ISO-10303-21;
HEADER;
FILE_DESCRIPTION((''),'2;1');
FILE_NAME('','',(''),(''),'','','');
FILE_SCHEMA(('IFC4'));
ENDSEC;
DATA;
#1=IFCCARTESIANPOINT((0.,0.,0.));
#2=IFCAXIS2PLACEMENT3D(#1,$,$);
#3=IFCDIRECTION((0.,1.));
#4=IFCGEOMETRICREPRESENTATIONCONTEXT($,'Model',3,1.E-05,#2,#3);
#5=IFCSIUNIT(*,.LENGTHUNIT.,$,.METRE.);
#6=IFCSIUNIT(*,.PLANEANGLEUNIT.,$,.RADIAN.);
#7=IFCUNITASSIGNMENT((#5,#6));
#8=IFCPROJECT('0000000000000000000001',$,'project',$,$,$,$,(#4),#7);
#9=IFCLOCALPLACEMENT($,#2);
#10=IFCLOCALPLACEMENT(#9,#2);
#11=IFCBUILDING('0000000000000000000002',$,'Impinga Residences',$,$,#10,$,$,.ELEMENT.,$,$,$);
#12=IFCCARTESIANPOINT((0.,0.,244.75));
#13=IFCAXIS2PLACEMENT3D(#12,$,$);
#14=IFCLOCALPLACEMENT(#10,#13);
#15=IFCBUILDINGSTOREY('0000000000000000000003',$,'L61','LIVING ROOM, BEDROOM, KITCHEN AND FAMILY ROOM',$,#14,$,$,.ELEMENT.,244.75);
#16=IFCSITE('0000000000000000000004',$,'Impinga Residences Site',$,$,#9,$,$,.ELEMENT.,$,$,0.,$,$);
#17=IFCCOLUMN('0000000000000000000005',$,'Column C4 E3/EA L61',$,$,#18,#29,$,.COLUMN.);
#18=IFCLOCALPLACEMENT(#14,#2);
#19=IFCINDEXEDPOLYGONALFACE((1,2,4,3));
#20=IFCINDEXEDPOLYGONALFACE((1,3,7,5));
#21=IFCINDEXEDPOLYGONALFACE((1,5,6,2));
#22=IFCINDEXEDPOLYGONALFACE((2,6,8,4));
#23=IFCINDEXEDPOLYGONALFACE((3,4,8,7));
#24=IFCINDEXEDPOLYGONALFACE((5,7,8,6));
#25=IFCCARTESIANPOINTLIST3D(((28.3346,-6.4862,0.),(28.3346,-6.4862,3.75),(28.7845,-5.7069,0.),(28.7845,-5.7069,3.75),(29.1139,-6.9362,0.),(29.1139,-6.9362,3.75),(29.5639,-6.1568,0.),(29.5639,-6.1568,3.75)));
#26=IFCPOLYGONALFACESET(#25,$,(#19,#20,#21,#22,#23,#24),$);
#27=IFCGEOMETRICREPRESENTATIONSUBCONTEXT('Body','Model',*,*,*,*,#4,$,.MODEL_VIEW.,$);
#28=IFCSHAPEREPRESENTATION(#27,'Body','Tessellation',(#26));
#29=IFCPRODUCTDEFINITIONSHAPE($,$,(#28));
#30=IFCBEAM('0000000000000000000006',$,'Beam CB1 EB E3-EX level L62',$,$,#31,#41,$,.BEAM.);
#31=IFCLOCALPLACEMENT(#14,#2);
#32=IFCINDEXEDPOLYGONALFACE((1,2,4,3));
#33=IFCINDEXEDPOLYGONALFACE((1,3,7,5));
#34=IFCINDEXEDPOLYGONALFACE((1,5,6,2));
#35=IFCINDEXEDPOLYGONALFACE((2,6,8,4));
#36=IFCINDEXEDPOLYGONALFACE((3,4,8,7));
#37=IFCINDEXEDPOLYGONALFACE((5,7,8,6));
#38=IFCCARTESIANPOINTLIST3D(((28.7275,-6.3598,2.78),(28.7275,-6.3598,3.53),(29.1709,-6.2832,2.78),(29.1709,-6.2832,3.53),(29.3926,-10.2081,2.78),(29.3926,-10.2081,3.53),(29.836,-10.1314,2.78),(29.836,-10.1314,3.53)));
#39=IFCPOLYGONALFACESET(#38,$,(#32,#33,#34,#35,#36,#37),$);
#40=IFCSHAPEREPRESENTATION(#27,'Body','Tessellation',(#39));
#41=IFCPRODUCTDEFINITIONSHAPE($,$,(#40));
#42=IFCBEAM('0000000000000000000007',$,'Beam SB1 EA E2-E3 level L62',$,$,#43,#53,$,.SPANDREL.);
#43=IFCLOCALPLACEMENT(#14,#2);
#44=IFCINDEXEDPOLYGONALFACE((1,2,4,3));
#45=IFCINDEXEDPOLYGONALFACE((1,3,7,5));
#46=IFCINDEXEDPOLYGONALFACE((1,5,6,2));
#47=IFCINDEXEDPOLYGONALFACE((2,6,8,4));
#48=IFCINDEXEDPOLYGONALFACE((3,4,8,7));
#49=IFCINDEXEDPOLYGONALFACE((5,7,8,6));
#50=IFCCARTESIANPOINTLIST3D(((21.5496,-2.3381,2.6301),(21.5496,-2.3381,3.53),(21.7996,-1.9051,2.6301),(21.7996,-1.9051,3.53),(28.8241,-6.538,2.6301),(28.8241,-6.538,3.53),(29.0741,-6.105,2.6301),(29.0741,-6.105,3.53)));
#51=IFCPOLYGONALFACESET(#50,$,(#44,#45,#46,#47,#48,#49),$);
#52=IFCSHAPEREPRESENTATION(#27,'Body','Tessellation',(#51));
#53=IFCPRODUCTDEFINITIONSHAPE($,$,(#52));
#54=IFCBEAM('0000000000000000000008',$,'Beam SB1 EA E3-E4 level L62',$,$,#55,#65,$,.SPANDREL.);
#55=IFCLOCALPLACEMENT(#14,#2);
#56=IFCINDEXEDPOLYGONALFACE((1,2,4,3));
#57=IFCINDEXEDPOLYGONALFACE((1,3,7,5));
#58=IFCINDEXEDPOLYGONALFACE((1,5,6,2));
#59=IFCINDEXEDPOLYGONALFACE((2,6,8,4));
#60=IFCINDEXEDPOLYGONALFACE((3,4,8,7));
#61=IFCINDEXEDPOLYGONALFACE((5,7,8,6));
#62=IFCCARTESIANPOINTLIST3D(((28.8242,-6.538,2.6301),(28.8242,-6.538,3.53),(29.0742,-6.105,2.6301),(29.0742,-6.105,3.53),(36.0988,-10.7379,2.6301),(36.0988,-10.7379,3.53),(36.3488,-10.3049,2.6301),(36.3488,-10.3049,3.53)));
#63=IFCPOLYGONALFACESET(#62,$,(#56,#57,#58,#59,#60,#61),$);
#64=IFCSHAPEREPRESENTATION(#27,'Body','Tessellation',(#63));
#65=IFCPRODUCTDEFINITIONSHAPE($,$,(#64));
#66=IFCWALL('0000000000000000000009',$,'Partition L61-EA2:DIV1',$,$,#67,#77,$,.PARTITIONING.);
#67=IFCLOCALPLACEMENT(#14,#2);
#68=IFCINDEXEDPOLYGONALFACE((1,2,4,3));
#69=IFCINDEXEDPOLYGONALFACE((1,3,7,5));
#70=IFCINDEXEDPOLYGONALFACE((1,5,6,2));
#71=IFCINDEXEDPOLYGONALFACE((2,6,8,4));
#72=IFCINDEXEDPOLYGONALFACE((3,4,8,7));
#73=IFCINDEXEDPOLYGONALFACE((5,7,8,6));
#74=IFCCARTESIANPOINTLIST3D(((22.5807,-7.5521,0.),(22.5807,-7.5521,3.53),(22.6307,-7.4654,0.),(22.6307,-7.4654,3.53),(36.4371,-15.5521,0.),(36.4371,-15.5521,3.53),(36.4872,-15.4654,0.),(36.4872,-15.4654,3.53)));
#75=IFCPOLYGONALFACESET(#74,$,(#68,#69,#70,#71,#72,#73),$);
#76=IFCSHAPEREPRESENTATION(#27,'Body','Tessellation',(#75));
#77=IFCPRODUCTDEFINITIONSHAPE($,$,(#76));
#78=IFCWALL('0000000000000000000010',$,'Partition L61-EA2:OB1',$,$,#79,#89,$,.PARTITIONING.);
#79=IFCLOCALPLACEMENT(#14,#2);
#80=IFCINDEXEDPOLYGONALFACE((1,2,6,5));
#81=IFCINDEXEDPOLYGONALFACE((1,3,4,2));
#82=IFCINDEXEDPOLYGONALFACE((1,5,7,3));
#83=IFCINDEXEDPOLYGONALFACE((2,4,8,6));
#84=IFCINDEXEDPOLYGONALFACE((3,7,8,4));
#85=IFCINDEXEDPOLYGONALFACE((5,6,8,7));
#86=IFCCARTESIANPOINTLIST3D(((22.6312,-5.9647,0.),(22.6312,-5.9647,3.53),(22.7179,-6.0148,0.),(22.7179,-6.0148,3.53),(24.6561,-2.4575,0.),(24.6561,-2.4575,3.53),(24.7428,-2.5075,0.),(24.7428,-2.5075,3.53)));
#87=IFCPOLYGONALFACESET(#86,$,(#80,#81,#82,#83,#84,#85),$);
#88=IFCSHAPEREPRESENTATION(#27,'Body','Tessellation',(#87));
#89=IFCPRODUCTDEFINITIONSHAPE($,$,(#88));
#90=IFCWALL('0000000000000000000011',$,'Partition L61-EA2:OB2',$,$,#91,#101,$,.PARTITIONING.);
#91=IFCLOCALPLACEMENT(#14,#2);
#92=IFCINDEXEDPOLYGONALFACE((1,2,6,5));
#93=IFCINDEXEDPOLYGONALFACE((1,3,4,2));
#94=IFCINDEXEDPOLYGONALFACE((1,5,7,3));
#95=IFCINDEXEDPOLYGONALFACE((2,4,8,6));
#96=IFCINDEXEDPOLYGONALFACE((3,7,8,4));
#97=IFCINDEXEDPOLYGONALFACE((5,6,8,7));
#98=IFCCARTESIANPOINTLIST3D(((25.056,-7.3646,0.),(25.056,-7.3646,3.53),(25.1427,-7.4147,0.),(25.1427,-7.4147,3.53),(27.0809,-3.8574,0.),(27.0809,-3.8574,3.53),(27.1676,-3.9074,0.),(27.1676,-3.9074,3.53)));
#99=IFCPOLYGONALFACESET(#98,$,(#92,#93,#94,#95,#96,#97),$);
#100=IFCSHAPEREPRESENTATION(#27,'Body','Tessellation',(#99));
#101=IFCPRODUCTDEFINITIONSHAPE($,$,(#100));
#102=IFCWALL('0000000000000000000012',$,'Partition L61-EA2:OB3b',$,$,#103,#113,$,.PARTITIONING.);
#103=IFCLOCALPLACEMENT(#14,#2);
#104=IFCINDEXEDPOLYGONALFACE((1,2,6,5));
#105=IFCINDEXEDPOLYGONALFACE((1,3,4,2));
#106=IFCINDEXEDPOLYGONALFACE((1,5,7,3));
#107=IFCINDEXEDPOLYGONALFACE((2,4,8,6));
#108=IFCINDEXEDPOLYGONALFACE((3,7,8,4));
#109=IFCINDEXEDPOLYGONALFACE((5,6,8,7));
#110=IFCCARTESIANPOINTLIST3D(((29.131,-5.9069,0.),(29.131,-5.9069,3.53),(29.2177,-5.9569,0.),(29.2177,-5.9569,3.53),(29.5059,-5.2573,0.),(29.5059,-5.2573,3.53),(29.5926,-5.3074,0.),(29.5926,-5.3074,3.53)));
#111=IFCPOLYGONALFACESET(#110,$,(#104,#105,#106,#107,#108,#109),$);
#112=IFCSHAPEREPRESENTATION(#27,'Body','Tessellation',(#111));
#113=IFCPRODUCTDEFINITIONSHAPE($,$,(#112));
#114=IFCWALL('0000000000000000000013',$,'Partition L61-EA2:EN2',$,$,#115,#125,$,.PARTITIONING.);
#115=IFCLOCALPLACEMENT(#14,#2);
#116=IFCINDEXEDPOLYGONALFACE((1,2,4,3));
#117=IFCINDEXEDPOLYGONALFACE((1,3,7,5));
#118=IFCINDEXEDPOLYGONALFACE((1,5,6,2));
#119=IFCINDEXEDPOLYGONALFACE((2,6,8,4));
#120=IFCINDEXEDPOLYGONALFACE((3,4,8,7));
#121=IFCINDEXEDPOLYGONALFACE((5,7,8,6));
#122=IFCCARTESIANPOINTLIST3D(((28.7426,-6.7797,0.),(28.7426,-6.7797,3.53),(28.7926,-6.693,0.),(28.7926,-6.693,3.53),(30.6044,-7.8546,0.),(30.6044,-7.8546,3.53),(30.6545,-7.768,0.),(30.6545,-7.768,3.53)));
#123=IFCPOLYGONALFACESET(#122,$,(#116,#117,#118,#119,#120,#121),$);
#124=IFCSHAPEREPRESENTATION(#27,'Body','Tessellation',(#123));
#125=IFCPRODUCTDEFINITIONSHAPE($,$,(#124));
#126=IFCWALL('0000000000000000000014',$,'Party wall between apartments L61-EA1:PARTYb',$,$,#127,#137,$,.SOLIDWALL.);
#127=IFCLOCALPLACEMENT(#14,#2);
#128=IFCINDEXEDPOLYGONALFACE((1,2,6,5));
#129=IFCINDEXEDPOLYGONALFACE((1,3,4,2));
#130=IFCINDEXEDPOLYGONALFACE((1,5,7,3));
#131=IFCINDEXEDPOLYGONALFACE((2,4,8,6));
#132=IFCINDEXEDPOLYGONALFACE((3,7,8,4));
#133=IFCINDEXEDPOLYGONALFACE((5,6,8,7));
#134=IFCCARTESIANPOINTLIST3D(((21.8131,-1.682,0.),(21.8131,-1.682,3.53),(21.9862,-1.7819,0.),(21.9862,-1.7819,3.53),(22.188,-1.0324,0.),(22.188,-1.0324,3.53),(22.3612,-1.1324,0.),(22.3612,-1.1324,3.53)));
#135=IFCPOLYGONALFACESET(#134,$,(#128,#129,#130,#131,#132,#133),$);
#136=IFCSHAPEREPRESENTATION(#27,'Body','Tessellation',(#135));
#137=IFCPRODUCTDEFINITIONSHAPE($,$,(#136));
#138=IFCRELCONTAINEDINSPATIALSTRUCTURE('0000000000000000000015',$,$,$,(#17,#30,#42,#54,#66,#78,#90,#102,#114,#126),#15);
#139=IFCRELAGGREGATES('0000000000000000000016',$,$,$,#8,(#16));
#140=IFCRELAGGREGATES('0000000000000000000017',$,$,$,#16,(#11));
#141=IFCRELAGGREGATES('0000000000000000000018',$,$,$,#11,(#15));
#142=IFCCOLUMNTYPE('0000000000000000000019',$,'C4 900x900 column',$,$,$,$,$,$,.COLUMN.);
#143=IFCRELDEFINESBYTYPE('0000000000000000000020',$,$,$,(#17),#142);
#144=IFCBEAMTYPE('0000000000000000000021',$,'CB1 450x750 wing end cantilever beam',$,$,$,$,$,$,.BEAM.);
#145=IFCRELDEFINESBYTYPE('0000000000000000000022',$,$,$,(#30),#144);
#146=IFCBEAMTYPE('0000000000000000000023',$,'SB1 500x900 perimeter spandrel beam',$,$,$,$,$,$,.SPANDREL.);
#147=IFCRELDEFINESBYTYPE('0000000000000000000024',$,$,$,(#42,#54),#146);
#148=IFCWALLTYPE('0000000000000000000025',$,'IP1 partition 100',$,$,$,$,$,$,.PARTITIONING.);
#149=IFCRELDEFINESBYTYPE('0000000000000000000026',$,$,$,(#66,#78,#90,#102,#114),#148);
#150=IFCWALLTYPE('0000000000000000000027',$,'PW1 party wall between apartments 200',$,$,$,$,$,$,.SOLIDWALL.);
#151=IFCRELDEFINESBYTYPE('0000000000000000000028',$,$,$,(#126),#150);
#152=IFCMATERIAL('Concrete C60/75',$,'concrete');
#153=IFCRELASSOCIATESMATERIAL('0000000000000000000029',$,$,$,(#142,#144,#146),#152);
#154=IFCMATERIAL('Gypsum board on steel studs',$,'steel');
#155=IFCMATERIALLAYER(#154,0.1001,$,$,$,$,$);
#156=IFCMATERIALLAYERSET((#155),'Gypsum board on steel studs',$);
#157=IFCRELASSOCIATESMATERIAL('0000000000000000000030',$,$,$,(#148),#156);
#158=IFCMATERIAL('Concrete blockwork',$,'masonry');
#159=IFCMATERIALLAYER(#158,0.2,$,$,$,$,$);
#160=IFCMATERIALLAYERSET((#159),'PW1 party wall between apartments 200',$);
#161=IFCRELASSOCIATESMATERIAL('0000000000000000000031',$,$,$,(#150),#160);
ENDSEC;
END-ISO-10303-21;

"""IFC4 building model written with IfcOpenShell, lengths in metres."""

from ifc_helpers import new_model, si_unit, direction, frame, frame_2d, origin, origin_2d, place, context, subcontext, project, spatial, rectangle, extrude, material, layer, layer_set, material_profile, profile_set, type_object, element, save


model = new_model("IFC4")

# Units and contexts
model_context = context("Model", 3, precision=1e-05, world=origin(), true_north=direction((0.0, 1.0)))
body_context = subcontext(model_context, "Body", "Model", "MODEL_VIEW")
ifc_project = project(units=[si_unit("LENGTHUNIT", "METRE"), si_unit("PLANEANGLEUNIT", "RADIAN")], contexts=[model_context])

# Site, building, storey
site_placement = place(None, origin())
site = spatial("IfcSite", under=ifc_project, at=site_placement, Name="Impinga Residences Site", CompositionType="ELEMENT", RefElevation=0.0)
building_placement = place(site_placement, origin())
building = spatial("IfcBuilding", under=site, at=building_placement, Name="Impinga Residences", CompositionType="ELEMENT")
storey_placement = place(building_placement, frame((0.0, 0.0, 244.75)))
storey = spatial("IfcBuildingStorey", under=building, at=storey_placement, Name="L61", Description="LIVING ROOM, BEDROOM, KITCHEN AND FAMILY ROOM", CompositionType="ELEMENT", Elevation=244.75)

# Column
ifc_material_1 = material(Name="Concrete C60/75", Category="concrete")
ifc_material_profile_1 = material_profile(ifc_material_1, rectangle(XDim=0.8999, YDim=0.8999, at=origin_2d()), Name="RC 900x900")
ifc_profile_set_1 = profile_set([ifc_material_profile_1], Name="Concrete C60/75")
column_type = type_object("IfcColumnType", Name="C4 900x900 column", PredefinedType="COLUMN", material=ifc_profile_set_1)
column_placement = place(storey_placement, frame((28.9492, -6.3215, 0.0), z_axis=(0.0, 0.0, 1.0), x_axis=(-0.5, -0.866025, 0.0)))
element("IfcColumn", 1, at=column_placement, inside=storey, type_object=column_type, Name="Column C4 E3/EA L61", PredefinedType="COLUMN", context=body_context, shape_type="SweptSolid", body=[
    extrude(rectangle(XDim=0.8999, YDim=0.8999, at=origin_2d()), origin(), (0.0, 0.0, 1.0), 3.75),
])

# Beams
ifc_material_profile_2 = material_profile(ifc_material_1, rectangle(XDim=0.45, YDim=0.75, at=origin_2d()), Name="RC 450x750")
ifc_profile_set_2 = profile_set([ifc_material_profile_2], Name="Concrete C60/75")
beam_type_1 = type_object("IfcBeamType", Name="CB1 450x750 wing end cantilever beam", PredefinedType="BEAM", material=ifc_profile_set_2)
beam_placement = place(storey_placement, frame((28.9492, -6.3215, 3.155), z_axis=(0.170296, -0.985393, 0.0), x_axis=(0.985393, 0.170296, 0.0)))
element("IfcBeam", 2, at=beam_placement, inside=storey, type_object=beam_type_1, Name="Beam CB1 EB E3-EX level L62", PredefinedType="BEAM", context=body_context, shape_type="SweptSolid", body=[
    extrude(rectangle(XDim=0.45, YDim=0.75, at=origin_2d()), origin(), (0.0, 0.0, 1.0), 3.9053),
])
ifc_material_profile_3 = material_profile(ifc_material_1, rectangle(XDim=0.5, YDim=0.8999, at=origin_2d()), Name="RC 500x900")
ifc_profile_set_3 = profile_set([ifc_material_profile_3], Name="Concrete C60/75")
beam_type_2 = type_object("IfcBeamType", Name="SB1 500x900 perimeter spandrel beam", PredefinedType="SPANDREL", material=ifc_profile_set_3)
for number, where, z_axis, x_axis, name in (
    (3, (21.6746, -2.1216, 3.0801), (0.866029, -0.499993, 0.0), (0.499993, 0.866029, 0.0), "Beam SB1 EA E2-E3 level L62"),
    (4, (28.9492, -6.3215, 3.0801), (0.866029, -0.499993, 0.0), (0.499993, 0.866029, 0.0), "Beam SB1 EA E3-E4 level L62"),
):
    element("IfcBeam", number, at=place(storey_placement, frame(where, z_axis=z_axis, x_axis=x_axis)), inside=storey, type_object=beam_type_2, Name=name, PredefinedType="SPANDREL", context=body_context, shape_type="SweptSolid", body=[
        extrude(rectangle(XDim=0.5, YDim=0.8999, at=origin_2d()), origin(), (0.0, 0.0, 1.0), 8.3999),
    ])

# Walls
ifc_material_2 = material(Name="Gypsum board on steel studs", Category="steel")
ifc_layer_1 = layer(ifc_material_2, 0.1001)
ifc_layer_set_1 = layer_set([ifc_layer_1], Name="Gypsum board on steel studs")
wall_type_1 = type_object("IfcWallType", Name="IP1 partition 100", PredefinedType="PARTITIONING", material=ifc_layer_set_1)
wall_1_placement = place(storey_placement, frame((22.6057, -7.5088, 0.0), z_axis=(0.0, 0.0, 1.0), x_axis=(0.866026, -0.499999, 0.0)))
element("IfcWall", 5, at=wall_1_placement, inside=storey, type_object=wall_type_1, Name="Partition L61-EA2:DIV1", PredefinedType="PARTITIONING", context=body_context, shape_type="SweptSolid", body=[
    extrude(rectangle(XDim=16.0, YDim=0.1001, at=frame_2d((8.0, 0.0))), origin(), (0.0, 0.0, 1.0), 3.53),
])
for number, where, z_axis, x_axis, name in (
    (6, (22.6746, -5.9897, 0.0), (0.0, 0.0, 1.0), (0.49999, 0.866031, 0.0), "Partition L61-EA2:OB1"),
    (7, (25.0994, -7.3896, 0.0), (0.0, 0.0, 1.0), (0.49999, 0.866031, 0.0), "Partition L61-EA2:OB2"),
):
    element("IfcWall", number, at=place(storey_placement, frame(where, z_axis=z_axis, x_axis=x_axis)), inside=storey, type_object=wall_type_1, Name=name, PredefinedType="PARTITIONING", context=body_context, shape_type="SweptSolid", body=[
        extrude(rectangle(XDim=4.0498, YDim=0.1001, at=frame_2d((2.0249, 0.0))), origin(), (0.0, 0.0, 1.0), 3.53),
    ])
wall_2_placement = place(storey_placement, frame((29.1743, -5.9319, 0.0), z_axis=(0.0, 0.0, 1.0), x_axis=(0.49992, 0.866072, 0.0)))
element("IfcWall", 8, at=wall_2_placement, inside=storey, type_object=wall_type_1, Name="Partition L61-EA2:OB3b", PredefinedType="PARTITIONING", context=body_context, shape_type="SweptSolid", body=[
    extrude(rectangle(XDim=0.75, YDim=0.1001, at=frame_2d((0.375, 0.0))), origin(), (0.0, 0.0, 1.0), 3.53),
])
wall_3_placement = place(storey_placement, frame((28.7676, -6.7363, 0.0), z_axis=(0.0, 0.0, 1.0), x_axis=(0.866019, -0.500011, 0.0)))
element("IfcWall", 9, at=wall_3_placement, inside=storey, type_object=wall_type_1, Name="Partition L61-EA2:EN2", PredefinedType="PARTITIONING", context=body_context, shape_type="SweptSolid", body=[
    extrude(rectangle(XDim=2.1499, YDim=0.1001, at=frame_2d((1.075, 0.0))), origin(), (0.0, 0.0, 1.0), 3.53),
])
ifc_material_3 = material(Name="Concrete blockwork", Category="masonry")
ifc_layer_2 = layer(ifc_material_3, 0.2)
ifc_layer_set_2 = layer_set([ifc_layer_2], Name="PW1 party wall between apartments 200")
wall_type_2 = type_object("IfcWallType", Name="PW1 party wall between apartments 200", PredefinedType="SOLIDWALL", material=ifc_layer_set_2)
wall_4_placement = place(storey_placement, frame((21.8997, -1.7319, 0.0), z_axis=(0.0, 0.0, 1.0), x_axis=(0.49992, 0.866072, 0.0)))
element("IfcWall", 10, at=wall_4_placement, inside=storey, type_object=wall_type_2, Name="Party wall between apartments L61-EA1:PARTYb", PredefinedType="SOLIDWALL", context=body_context, shape_type="SweptSolid", body=[
    extrude(rectangle(XDim=0.75, YDim=0.2, at=frame_2d((0.375, 0.0))), origin(), (0.0, 0.0, 1.0), 3.53),
])

save(model, "model.ifc")
